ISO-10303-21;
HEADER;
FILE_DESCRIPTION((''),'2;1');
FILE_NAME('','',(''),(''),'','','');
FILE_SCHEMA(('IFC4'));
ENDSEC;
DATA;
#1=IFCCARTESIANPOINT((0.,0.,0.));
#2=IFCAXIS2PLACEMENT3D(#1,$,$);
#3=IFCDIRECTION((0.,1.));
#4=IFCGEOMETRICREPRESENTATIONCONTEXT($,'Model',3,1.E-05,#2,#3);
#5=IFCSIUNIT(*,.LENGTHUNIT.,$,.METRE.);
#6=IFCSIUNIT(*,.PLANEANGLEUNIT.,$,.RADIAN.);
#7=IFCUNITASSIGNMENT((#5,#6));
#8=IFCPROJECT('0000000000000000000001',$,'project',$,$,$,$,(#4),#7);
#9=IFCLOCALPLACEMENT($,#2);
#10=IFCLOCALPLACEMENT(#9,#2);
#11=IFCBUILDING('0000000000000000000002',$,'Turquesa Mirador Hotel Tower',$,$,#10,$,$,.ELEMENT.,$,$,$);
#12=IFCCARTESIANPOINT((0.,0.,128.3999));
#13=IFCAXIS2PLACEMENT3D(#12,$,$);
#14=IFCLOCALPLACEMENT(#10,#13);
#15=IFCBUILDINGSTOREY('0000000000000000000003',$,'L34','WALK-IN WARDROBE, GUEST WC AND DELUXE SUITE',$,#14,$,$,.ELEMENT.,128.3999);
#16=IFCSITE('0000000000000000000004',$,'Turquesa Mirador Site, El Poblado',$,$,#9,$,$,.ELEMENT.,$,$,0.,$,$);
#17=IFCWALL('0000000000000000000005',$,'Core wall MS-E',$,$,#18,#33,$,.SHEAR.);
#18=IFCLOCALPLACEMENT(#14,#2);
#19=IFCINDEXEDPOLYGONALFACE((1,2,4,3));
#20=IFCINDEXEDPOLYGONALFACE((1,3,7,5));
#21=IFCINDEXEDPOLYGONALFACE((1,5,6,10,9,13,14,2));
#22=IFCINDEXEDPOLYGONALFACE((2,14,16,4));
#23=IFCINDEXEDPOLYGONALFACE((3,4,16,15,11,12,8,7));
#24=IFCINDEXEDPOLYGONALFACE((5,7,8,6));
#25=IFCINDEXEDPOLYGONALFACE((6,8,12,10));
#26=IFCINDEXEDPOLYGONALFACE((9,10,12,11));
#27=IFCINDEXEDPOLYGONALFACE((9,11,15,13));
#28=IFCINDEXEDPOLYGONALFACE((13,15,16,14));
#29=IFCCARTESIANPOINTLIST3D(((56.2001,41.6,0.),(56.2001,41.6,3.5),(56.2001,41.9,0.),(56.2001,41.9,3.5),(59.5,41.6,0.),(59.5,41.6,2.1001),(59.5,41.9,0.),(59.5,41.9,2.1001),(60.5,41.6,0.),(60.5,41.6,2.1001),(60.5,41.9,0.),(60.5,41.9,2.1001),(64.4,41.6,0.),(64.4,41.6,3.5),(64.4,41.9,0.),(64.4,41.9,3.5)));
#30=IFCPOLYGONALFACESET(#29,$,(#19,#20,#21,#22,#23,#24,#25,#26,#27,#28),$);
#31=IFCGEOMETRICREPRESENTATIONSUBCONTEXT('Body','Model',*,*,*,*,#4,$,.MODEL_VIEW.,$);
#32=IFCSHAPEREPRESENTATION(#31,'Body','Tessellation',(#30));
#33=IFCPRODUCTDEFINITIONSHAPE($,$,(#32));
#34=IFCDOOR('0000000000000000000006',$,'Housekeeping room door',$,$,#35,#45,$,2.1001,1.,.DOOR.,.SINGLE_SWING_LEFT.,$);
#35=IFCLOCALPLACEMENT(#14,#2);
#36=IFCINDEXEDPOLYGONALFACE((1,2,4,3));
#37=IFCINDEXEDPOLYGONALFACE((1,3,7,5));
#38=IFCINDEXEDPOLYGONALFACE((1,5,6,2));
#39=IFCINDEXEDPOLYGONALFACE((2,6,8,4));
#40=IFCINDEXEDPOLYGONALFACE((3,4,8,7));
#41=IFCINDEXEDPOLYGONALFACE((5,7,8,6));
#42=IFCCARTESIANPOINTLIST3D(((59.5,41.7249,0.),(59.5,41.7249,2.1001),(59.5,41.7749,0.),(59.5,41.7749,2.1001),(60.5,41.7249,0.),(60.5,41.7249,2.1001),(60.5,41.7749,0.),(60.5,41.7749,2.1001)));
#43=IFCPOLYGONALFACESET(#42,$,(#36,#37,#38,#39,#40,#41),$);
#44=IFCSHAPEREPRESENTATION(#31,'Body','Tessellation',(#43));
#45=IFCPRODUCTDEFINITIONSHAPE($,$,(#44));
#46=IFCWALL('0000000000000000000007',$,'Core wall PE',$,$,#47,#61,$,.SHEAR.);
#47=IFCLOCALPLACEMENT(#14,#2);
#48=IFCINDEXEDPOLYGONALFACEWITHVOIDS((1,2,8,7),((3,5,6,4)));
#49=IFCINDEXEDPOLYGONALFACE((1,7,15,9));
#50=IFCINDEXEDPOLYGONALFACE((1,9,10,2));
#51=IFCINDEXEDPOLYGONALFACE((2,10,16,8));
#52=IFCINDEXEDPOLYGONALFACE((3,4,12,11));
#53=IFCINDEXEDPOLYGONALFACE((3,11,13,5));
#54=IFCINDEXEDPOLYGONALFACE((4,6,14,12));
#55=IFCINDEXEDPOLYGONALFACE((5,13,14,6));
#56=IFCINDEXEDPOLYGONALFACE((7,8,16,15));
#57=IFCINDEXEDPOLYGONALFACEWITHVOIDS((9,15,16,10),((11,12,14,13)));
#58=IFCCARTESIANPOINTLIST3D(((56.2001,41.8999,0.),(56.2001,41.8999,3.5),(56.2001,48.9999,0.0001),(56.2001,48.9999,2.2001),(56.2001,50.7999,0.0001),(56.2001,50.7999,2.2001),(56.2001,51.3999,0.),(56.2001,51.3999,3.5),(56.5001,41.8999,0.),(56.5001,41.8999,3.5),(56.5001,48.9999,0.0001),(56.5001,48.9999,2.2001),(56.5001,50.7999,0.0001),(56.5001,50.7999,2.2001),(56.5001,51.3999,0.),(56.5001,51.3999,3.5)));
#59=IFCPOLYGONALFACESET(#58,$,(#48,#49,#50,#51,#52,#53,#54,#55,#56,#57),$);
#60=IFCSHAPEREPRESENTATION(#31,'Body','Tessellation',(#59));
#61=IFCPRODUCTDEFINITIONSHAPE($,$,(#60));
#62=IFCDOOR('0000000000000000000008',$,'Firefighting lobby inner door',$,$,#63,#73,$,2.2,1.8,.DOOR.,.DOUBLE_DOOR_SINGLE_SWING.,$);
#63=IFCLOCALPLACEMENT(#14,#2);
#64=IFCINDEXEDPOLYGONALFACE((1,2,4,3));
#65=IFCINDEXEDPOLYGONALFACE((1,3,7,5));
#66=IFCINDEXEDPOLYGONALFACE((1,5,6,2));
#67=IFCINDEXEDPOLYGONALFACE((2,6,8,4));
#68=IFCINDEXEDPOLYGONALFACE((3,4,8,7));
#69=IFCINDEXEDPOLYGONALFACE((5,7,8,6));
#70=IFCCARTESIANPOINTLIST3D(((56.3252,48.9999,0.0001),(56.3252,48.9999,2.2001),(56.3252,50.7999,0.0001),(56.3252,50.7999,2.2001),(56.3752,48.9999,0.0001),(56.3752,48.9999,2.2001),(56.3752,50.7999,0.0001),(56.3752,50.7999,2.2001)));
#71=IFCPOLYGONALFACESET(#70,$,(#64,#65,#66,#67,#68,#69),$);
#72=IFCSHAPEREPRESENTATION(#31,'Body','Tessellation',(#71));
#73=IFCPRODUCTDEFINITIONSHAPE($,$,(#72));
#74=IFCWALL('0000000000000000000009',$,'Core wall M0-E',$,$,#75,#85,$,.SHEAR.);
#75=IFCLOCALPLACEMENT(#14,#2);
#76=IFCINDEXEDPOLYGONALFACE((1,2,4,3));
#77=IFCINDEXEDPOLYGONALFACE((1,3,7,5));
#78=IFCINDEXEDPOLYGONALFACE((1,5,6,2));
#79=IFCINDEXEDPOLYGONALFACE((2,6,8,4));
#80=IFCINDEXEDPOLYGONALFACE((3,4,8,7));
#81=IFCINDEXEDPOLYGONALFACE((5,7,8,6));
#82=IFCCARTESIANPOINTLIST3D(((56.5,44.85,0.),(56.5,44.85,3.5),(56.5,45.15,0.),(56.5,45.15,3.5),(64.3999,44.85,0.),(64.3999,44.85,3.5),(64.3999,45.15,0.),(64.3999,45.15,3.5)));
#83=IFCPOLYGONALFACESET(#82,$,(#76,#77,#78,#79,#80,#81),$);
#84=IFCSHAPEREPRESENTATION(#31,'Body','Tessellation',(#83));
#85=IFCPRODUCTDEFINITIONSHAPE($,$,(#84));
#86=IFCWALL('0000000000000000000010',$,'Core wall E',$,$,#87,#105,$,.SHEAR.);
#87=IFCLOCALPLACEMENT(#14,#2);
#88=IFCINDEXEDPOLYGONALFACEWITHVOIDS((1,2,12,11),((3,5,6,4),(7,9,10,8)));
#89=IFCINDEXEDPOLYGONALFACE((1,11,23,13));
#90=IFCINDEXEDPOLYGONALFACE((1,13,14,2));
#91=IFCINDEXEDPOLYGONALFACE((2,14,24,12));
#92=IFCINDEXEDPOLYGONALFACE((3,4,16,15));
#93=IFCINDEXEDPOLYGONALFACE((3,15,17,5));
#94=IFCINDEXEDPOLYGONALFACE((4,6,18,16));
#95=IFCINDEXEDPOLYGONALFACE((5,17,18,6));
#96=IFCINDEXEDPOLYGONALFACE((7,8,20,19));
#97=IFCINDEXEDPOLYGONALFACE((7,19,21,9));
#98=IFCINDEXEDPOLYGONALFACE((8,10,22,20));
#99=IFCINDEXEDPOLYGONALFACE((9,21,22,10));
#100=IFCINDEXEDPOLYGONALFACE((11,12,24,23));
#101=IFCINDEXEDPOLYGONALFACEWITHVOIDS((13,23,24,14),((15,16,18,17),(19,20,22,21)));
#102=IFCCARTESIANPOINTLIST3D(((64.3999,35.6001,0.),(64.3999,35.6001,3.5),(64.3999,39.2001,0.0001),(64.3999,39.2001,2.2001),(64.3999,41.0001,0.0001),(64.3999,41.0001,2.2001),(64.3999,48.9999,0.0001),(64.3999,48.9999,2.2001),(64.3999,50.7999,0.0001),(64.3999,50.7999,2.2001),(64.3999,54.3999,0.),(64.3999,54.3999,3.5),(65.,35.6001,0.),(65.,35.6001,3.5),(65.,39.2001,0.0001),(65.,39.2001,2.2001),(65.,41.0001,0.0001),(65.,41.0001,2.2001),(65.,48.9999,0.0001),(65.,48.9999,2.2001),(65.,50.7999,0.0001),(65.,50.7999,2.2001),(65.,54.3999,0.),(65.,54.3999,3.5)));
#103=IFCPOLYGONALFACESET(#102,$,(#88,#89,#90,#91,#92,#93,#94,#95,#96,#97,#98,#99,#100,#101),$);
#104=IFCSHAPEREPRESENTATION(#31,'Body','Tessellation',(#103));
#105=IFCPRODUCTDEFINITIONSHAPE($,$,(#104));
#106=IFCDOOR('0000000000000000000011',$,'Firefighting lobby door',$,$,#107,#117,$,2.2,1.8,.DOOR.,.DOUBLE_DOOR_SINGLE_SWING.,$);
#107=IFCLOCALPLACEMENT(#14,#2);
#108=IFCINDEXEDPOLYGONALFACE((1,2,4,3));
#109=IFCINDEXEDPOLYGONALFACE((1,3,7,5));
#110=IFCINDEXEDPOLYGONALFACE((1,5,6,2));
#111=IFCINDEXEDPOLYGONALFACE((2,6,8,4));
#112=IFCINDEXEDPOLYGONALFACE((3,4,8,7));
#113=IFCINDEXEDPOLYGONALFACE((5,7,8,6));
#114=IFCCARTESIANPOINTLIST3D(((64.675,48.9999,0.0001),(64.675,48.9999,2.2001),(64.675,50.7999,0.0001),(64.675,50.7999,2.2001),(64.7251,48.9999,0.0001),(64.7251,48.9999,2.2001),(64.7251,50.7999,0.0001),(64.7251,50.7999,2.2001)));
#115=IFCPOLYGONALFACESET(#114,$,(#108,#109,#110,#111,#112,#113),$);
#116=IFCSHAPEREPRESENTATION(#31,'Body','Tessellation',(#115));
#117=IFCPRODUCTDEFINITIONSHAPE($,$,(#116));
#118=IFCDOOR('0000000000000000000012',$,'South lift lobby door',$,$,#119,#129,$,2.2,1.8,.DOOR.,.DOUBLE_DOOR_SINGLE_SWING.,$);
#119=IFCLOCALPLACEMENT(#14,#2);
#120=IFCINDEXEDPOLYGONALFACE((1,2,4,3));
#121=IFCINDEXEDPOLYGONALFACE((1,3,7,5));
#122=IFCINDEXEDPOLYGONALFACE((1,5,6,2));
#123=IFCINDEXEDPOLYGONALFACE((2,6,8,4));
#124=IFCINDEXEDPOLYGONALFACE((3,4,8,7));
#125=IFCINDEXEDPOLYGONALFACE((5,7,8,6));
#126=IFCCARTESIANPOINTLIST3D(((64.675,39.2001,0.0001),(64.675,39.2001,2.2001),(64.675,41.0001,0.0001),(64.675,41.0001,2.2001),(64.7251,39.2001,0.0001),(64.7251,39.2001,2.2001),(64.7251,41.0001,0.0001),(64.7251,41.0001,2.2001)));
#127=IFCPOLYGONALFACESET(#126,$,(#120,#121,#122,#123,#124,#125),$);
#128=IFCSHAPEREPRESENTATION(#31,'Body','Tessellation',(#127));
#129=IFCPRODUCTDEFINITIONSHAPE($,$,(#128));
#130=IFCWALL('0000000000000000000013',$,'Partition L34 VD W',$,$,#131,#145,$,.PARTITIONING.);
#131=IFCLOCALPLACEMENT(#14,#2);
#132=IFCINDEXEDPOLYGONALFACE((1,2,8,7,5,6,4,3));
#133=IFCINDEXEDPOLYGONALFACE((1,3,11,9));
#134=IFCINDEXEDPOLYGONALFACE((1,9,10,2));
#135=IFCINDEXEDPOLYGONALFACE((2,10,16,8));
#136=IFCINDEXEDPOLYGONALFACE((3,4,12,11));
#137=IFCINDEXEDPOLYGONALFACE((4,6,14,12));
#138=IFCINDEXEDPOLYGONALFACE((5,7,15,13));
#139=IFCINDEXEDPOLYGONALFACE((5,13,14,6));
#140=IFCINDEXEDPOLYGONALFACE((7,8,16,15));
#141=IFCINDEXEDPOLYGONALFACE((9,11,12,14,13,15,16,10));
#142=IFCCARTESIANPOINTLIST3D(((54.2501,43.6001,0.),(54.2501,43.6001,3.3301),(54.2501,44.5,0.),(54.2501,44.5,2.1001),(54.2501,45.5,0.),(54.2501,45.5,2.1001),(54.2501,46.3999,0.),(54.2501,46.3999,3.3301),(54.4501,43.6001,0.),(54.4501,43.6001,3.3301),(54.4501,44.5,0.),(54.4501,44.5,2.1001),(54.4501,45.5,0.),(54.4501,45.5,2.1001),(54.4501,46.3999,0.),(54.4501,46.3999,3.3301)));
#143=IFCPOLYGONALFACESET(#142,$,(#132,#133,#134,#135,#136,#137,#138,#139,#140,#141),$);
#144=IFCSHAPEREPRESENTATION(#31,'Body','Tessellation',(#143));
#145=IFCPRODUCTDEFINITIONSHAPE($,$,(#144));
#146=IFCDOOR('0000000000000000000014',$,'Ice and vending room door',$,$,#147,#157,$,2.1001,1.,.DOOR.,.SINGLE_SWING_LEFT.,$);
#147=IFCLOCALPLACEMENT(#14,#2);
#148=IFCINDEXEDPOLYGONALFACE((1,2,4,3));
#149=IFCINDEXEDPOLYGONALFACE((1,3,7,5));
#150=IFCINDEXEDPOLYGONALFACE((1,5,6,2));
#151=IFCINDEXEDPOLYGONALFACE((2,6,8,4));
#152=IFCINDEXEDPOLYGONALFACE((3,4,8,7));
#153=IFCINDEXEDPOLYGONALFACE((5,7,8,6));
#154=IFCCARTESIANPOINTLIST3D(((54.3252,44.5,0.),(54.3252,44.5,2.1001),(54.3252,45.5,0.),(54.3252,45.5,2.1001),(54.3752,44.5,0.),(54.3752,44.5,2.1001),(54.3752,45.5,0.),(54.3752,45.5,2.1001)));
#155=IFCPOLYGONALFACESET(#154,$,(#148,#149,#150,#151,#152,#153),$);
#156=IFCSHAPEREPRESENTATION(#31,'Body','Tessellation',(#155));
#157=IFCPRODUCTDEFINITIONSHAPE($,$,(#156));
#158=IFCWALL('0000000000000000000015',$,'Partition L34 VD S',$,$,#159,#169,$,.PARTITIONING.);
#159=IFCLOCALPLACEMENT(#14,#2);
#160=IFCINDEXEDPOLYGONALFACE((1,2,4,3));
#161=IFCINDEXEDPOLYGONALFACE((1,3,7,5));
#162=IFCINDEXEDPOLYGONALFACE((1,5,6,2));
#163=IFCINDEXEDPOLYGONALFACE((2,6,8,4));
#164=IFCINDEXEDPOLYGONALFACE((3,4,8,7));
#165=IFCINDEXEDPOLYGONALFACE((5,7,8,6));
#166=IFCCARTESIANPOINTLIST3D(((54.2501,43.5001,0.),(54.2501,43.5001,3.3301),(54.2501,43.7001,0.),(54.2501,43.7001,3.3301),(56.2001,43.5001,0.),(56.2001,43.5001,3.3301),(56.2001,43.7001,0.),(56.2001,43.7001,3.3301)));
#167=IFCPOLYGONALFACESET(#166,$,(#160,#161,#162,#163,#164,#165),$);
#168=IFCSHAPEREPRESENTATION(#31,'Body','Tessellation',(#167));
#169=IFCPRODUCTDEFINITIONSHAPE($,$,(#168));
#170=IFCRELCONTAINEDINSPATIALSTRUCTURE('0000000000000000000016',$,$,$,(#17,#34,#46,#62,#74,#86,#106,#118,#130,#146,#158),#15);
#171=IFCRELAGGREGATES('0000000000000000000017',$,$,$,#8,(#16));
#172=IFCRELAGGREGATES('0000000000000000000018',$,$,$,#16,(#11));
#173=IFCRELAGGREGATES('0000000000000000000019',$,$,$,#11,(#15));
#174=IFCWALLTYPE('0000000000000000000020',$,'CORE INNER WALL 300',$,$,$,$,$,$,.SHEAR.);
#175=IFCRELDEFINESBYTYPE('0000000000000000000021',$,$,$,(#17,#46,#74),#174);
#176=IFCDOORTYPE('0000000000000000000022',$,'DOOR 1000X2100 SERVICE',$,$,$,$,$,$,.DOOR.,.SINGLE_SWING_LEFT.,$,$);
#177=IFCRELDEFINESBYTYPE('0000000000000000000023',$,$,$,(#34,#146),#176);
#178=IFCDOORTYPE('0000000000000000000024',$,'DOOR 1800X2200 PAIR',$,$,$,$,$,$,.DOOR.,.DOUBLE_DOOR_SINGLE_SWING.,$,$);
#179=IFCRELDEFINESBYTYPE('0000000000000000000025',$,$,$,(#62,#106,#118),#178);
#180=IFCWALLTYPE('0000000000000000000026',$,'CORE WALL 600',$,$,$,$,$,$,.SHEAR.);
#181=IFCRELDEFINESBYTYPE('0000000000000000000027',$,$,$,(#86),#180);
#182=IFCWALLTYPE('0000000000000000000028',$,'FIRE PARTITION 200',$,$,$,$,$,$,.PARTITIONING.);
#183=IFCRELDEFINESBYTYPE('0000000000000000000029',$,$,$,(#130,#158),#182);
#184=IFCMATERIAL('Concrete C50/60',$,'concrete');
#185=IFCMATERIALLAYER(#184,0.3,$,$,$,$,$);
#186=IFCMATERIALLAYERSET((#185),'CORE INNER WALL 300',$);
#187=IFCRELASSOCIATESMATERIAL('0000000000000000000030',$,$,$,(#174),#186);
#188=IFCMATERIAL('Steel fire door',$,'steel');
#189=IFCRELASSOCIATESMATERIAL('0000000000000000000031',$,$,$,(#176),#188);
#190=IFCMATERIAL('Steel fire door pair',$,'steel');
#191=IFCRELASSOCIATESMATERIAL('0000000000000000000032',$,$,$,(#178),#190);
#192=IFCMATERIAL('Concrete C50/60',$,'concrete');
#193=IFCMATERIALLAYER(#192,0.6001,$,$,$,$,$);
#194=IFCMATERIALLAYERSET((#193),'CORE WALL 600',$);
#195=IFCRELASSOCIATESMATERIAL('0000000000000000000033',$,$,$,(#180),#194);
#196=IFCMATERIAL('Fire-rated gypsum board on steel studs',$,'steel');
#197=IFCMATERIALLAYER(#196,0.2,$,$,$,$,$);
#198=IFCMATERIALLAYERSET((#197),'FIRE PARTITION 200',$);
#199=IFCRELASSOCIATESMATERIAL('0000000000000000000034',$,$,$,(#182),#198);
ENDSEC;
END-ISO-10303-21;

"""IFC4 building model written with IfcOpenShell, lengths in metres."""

from ifc_helpers import new_model, si_unit, direction, frame, frame_2d, origin, place, context, subcontext, project, spatial, rectangle, extrude, material, layer, layer_set, type_object, element, fill, save


model = new_model("IFC4")

# Units and contexts
model_context = context("Model", 3, precision=1e-05, world=origin(), true_north=direction((0.0, 1.0)))
body_context = subcontext(model_context, "Body", "Model", "MODEL_VIEW")
ifc_project = project(units=[si_unit("LENGTHUNIT", "METRE"), si_unit("PLANEANGLEUNIT", "RADIAN")], contexts=[model_context])

# Site, building, storey
site_placement = place(None, origin())
site = spatial("IfcSite", under=ifc_project, at=site_placement, Name="Turquesa Mirador Site, El Poblado", CompositionType="ELEMENT", RefElevation=0.0)
building_placement = place(site_placement, origin())
building = spatial("IfcBuilding", under=site, at=building_placement, Name="Turquesa Mirador Hotel Tower", CompositionType="ELEMENT")
storey_placement = place(building_placement, frame((0.0, 0.0, 128.3999)))
storey = spatial("IfcBuildingStorey", under=building, at=storey_placement, Name="L34", Description="WALK-IN WARDROBE, GUEST WC AND DELUXE SUITE", CompositionType="ELEMENT", Elevation=128.3999)

# Walls, openings, doors
ifc_material_1 = material(Name="Concrete C50/60", Category="concrete")
ifc_layer_1 = layer(ifc_material_1, 0.3)
ifc_layer_set_1 = layer_set([ifc_layer_1], Name="CORE INNER WALL 300")
wall_type_1 = type_object("IfcWallType", Name="CORE INNER WALL 300", PredefinedType="SHEAR", material=ifc_layer_set_1)
wall_1_placement = place(storey_placement, frame((56.2, 41.75, 0.0), z_axis=(0.0, 0.0, 1.0), x_axis=(1.0, 0.0, 0.0)))
wall_1 = element("IfcWall", 1, at=wall_1_placement, inside=storey, type_object=wall_type_1, Name="Core wall MS-E", PredefinedType="SHEAR", context=body_context, shape_type="SweptSolid", body=[
    extrude(rectangle(XDim=8.2, YDim=0.3, at=frame_2d((4.1001, 0.0))), origin(), (0.0, 0.0, 1.0), 3.5),
])
opening_1_placement = place(wall_1_placement, frame((3.3, 0.0, 0.0)))
opening_1 = element("IfcOpeningElement", 2, at=opening_1_placement, cuts=wall_1, PredefinedType="OPENING", context=body_context, shape_type="SweptSolid", body=[
    extrude(rectangle(XDim=1.0, YDim=2.1001, at=frame_2d((0.5, 1.05))), frame((0.0, 0.1599, 0.0), z_axis=(0.0, -1.0, 0.0), x_axis=(1.0, 0.0, 0.0)), (0.0, 0.0, 1.0), 0.3201),
])
ifc_material_2 = material(Name="Steel fire door", Category="steel")
door_type_1 = type_object("IfcDoorType", Name="DOOR 1000X2100 SERVICE", OperationType="SINGLE_SWING_LEFT", PredefinedType="DOOR", material=ifc_material_2)
door_1_placement = place(opening_1_placement, origin())
door_1 = element("IfcDoor", 3, at=door_1_placement, inside=storey, type_object=door_type_1, Name="Housekeeping room door", OperationType="SINGLE_SWING_LEFT", OverallHeight=2.1001, OverallWidth=1.0, PredefinedType="DOOR", context=body_context, shape_type="SweptSolid", body=[
    extrude(rectangle(XDim=1.0, YDim=2.1001, at=frame_2d((0.5, 1.05))), frame((0.0, 0.0249, 0.0), z_axis=(0.0, -1.0, 0.0), x_axis=(1.0, 0.0, 0.0)), (0.0, 0.0, 1.0), 0.05),
])
fill(opening_1, door_1)
wall_2_placement = place(storey_placement, frame((56.3501, 41.8999, 0.0), z_axis=(0.0, 0.0, 1.0), x_axis=(0.0, 1.0, 0.0)))
wall_2 = element("IfcWall", 4, at=wall_2_placement, inside=storey, type_object=wall_type_1, Name="Core wall PE", PredefinedType="SHEAR", context=body_context, shape_type="SweptSolid", body=[
    extrude(rectangle(XDim=9.5, YDim=0.3, at=frame_2d((4.75, 0.0))), origin(), (0.0, 0.0, 1.0), 3.5),
])
opening_2_placement = place(wall_2_placement, frame((7.1001, 0.0, 0.0)))
opening_2 = element("IfcOpeningElement", 5, at=opening_2_placement, cuts=wall_2, PredefinedType="OPENING", context=body_context, shape_type="SweptSolid", body=[
    extrude(rectangle(XDim=1.8, YDim=2.2, at=frame_2d((0.8999, 1.1001))), frame((0.0, 0.1599, 0.0), z_axis=(0.0, -1.0, 0.0), x_axis=(1.0, 0.0, 0.0)), (0.0, 0.0, 1.0), 0.3201),
])
ifc_material_3 = material(Name="Steel fire door pair", Category="steel")
door_type_2 = type_object("IfcDoorType", Name="DOOR 1800X2200 PAIR", OperationType="DOUBLE_DOOR_SINGLE_SWING", PredefinedType="DOOR", material=ifc_material_3)
door_2_placement = place(opening_2_placement, origin())
door_2 = element("IfcDoor", 6, at=door_2_placement, inside=storey, type_object=door_type_2, Name="Firefighting lobby inner door", OperationType="DOUBLE_DOOR_SINGLE_SWING", OverallHeight=2.2, OverallWidth=1.8, PredefinedType="DOOR", context=body_context, shape_type="SweptSolid", body=[
    extrude(rectangle(XDim=1.8, YDim=2.2, at=frame_2d((0.8999, 1.1001))), frame((0.0, 0.0249, 0.0), z_axis=(0.0, -1.0, 0.0), x_axis=(1.0, 0.0, 0.0)), (0.0, 0.0, 1.0), 0.05),
])
fill(opening_2, door_2)

# Wall
wall_3_placement = place(storey_placement, frame((56.5, 45.0, 0.0), z_axis=(0.0, 0.0, 1.0), x_axis=(1.0, 0.0, 0.0)))
element("IfcWall", 7, at=wall_3_placement, inside=storey, type_object=wall_type_1, Name="Core wall M0-E", PredefinedType="SHEAR", context=body_context, shape_type="SweptSolid", body=[
    extrude(rectangle(XDim=7.8999, YDim=0.3, at=frame_2d((3.95, 0.0))), origin(), (0.0, 0.0, 1.0), 3.5),
])

# Wall, openings, doors
ifc_material_4 = material(Name="Concrete C50/60", Category="concrete")
ifc_layer_2 = layer(ifc_material_4, 0.6001)
ifc_layer_set_2 = layer_set([ifc_layer_2], Name="CORE WALL 600")
wall_type_2 = type_object("IfcWallType", Name="CORE WALL 600", PredefinedType="SHEAR", material=ifc_layer_set_2)
wall_4_placement = place(storey_placement, frame((64.7, 35.6001, 0.0), z_axis=(0.0, 0.0, 1.0), x_axis=(0.0, 1.0, 0.0)))
wall_4 = element("IfcWall", 8, at=wall_4_placement, inside=storey, type_object=wall_type_2, Name="Core wall E", PredefinedType="SHEAR", context=body_context, shape_type="SweptSolid", body=[
    extrude(rectangle(XDim=18.7998, YDim=0.6001, at=frame_2d((9.3999, 0.0))), origin(), (0.0, 0.0, 1.0), 3.5),
])
opening_3_placement = place(wall_4_placement, frame((13.3999, 0.0, 0.0)))
opening_3 = element("IfcOpeningElement", 9, at=opening_3_placement, cuts=wall_4, PredefinedType="OPENING", context=body_context, shape_type="SweptSolid", body=[
    extrude(rectangle(XDim=1.8, YDim=2.2, at=frame_2d((0.8999, 1.1001))), frame((0.0, 0.3101, 0.0), z_axis=(0.0, -1.0, 0.0), x_axis=(1.0, 0.0, 0.0)), (0.0, 0.0, 1.0), 0.6201),
])
opening_4_placement = place(wall_4_placement, frame((3.6001, 0.0, 0.0)))
opening_4 = element("IfcOpeningElement", 10, at=opening_4_placement, cuts=wall_4, PredefinedType="OPENING", context=body_context, shape_type="SweptSolid", body=[
    extrude(rectangle(XDim=1.8, YDim=2.2, at=frame_2d((0.8999, 1.1001))), frame((0.0, 0.3101, 0.0), z_axis=(0.0, -1.0, 0.0), x_axis=(1.0, 0.0, 0.0)), (0.0, 0.0, 1.0), 0.6201),
])
door_3_placement = place(opening_3_placement, origin())
door_3 = element("IfcDoor", 11, at=door_3_placement, inside=storey, type_object=door_type_2, Name="Firefighting lobby door", OperationType="DOUBLE_DOOR_SINGLE_SWING", OverallHeight=2.2, OverallWidth=1.8, PredefinedType="DOOR", context=body_context, shape_type="SweptSolid", body=[
    extrude(rectangle(XDim=1.8, YDim=2.2, at=frame_2d((0.8999, 1.1001))), frame((0.0, 0.0249, 0.0), z_axis=(0.0, -1.0, 0.0), x_axis=(1.0, 0.0, 0.0)), (0.0, 0.0, 1.0), 0.05),
])
fill(opening_3, door_3)
door_4_placement = place(opening_4_placement, origin())
door_4 = element("IfcDoor", 12, at=door_4_placement, inside=storey, type_object=door_type_2, Name="South lift lobby door", OperationType="DOUBLE_DOOR_SINGLE_SWING", OverallHeight=2.2, OverallWidth=1.8, PredefinedType="DOOR", context=body_context, shape_type="SweptSolid", body=[
    extrude(rectangle(XDim=1.8, YDim=2.2, at=frame_2d((0.8999, 1.1001))), frame((0.0, 0.0249, 0.0), z_axis=(0.0, -1.0, 0.0), x_axis=(1.0, 0.0, 0.0)), (0.0, 0.0, 1.0), 0.05),
])
fill(opening_4, door_4)

# Wall, opening, door
ifc_material_5 = material(Name="Fire-rated gypsum board on steel studs", Category="steel")
ifc_layer_3 = layer(ifc_material_5, 0.2)
ifc_layer_set_3 = layer_set([ifc_layer_3], Name="FIRE PARTITION 200")
wall_type_3 = type_object("IfcWallType", Name="FIRE PARTITION 200", PredefinedType="PARTITIONING", material=ifc_layer_set_3)
wall_5_placement = place(storey_placement, frame((54.3501, 43.6001, 0.0), z_axis=(0.0, 0.0, 1.0), x_axis=(0.0, 1.0, 0.0)))
wall_5 = element("IfcWall", 13, at=wall_5_placement, inside=storey, type_object=wall_type_3, Name="Partition L34 VD W", PredefinedType="PARTITIONING", context=body_context, shape_type="SweptSolid", body=[
    extrude(rectangle(XDim=2.7998, YDim=0.2, at=frame_2d((1.3999, 0.0))), origin(), (0.0, 0.0, 1.0), 3.3301),
])
opening_5_placement = place(wall_5_placement, frame((0.8999, 0.0, 0.0)))
opening_5 = element("IfcOpeningElement", 14, at=opening_5_placement, cuts=wall_5, PredefinedType="OPENING", context=body_context, shape_type="SweptSolid", body=[
    extrude(rectangle(XDim=1.0, YDim=2.1001, at=frame_2d((0.5, 1.05))), frame((0.0, 0.1099, 0.0), z_axis=(0.0, -1.0, 0.0), x_axis=(1.0, 0.0, 0.0)), (0.0, 0.0, 1.0), 0.22),
])
door_5_placement = place(opening_5_placement, origin())
door_5 = element("IfcDoor", 15, at=door_5_placement, inside=storey, type_object=door_type_1, Name="Ice and vending room door", OperationType="SINGLE_SWING_LEFT", OverallHeight=2.1001, OverallWidth=1.0, PredefinedType="DOOR", context=body_context, shape_type="SweptSolid", body=[
    extrude(rectangle(XDim=1.0, YDim=2.1001, at=frame_2d((0.5, 1.05))), frame((0.0, 0.0249, 0.0), z_axis=(0.0, -1.0, 0.0), x_axis=(1.0, 0.0, 0.0)), (0.0, 0.0, 1.0), 0.05),
])
fill(opening_5, door_5)

# Wall
wall_6_placement = place(storey_placement, frame((54.25, 43.6001, 0.0), z_axis=(0.0, 0.0, 1.0), x_axis=(1.0, 0.0, 0.0)))
element("IfcWall", 16, at=wall_6_placement, inside=storey, type_object=wall_type_3, Name="Partition L34 VD S", PredefinedType="PARTITIONING", context=body_context, shape_type="SweptSolid", body=[
    extrude(rectangle(XDim=1.95, YDim=0.2, at=frame_2d((0.9751, 0.0))), origin(), (0.0, 0.0, 1.0), 3.3301),
])

save(model, "model.ifc")
